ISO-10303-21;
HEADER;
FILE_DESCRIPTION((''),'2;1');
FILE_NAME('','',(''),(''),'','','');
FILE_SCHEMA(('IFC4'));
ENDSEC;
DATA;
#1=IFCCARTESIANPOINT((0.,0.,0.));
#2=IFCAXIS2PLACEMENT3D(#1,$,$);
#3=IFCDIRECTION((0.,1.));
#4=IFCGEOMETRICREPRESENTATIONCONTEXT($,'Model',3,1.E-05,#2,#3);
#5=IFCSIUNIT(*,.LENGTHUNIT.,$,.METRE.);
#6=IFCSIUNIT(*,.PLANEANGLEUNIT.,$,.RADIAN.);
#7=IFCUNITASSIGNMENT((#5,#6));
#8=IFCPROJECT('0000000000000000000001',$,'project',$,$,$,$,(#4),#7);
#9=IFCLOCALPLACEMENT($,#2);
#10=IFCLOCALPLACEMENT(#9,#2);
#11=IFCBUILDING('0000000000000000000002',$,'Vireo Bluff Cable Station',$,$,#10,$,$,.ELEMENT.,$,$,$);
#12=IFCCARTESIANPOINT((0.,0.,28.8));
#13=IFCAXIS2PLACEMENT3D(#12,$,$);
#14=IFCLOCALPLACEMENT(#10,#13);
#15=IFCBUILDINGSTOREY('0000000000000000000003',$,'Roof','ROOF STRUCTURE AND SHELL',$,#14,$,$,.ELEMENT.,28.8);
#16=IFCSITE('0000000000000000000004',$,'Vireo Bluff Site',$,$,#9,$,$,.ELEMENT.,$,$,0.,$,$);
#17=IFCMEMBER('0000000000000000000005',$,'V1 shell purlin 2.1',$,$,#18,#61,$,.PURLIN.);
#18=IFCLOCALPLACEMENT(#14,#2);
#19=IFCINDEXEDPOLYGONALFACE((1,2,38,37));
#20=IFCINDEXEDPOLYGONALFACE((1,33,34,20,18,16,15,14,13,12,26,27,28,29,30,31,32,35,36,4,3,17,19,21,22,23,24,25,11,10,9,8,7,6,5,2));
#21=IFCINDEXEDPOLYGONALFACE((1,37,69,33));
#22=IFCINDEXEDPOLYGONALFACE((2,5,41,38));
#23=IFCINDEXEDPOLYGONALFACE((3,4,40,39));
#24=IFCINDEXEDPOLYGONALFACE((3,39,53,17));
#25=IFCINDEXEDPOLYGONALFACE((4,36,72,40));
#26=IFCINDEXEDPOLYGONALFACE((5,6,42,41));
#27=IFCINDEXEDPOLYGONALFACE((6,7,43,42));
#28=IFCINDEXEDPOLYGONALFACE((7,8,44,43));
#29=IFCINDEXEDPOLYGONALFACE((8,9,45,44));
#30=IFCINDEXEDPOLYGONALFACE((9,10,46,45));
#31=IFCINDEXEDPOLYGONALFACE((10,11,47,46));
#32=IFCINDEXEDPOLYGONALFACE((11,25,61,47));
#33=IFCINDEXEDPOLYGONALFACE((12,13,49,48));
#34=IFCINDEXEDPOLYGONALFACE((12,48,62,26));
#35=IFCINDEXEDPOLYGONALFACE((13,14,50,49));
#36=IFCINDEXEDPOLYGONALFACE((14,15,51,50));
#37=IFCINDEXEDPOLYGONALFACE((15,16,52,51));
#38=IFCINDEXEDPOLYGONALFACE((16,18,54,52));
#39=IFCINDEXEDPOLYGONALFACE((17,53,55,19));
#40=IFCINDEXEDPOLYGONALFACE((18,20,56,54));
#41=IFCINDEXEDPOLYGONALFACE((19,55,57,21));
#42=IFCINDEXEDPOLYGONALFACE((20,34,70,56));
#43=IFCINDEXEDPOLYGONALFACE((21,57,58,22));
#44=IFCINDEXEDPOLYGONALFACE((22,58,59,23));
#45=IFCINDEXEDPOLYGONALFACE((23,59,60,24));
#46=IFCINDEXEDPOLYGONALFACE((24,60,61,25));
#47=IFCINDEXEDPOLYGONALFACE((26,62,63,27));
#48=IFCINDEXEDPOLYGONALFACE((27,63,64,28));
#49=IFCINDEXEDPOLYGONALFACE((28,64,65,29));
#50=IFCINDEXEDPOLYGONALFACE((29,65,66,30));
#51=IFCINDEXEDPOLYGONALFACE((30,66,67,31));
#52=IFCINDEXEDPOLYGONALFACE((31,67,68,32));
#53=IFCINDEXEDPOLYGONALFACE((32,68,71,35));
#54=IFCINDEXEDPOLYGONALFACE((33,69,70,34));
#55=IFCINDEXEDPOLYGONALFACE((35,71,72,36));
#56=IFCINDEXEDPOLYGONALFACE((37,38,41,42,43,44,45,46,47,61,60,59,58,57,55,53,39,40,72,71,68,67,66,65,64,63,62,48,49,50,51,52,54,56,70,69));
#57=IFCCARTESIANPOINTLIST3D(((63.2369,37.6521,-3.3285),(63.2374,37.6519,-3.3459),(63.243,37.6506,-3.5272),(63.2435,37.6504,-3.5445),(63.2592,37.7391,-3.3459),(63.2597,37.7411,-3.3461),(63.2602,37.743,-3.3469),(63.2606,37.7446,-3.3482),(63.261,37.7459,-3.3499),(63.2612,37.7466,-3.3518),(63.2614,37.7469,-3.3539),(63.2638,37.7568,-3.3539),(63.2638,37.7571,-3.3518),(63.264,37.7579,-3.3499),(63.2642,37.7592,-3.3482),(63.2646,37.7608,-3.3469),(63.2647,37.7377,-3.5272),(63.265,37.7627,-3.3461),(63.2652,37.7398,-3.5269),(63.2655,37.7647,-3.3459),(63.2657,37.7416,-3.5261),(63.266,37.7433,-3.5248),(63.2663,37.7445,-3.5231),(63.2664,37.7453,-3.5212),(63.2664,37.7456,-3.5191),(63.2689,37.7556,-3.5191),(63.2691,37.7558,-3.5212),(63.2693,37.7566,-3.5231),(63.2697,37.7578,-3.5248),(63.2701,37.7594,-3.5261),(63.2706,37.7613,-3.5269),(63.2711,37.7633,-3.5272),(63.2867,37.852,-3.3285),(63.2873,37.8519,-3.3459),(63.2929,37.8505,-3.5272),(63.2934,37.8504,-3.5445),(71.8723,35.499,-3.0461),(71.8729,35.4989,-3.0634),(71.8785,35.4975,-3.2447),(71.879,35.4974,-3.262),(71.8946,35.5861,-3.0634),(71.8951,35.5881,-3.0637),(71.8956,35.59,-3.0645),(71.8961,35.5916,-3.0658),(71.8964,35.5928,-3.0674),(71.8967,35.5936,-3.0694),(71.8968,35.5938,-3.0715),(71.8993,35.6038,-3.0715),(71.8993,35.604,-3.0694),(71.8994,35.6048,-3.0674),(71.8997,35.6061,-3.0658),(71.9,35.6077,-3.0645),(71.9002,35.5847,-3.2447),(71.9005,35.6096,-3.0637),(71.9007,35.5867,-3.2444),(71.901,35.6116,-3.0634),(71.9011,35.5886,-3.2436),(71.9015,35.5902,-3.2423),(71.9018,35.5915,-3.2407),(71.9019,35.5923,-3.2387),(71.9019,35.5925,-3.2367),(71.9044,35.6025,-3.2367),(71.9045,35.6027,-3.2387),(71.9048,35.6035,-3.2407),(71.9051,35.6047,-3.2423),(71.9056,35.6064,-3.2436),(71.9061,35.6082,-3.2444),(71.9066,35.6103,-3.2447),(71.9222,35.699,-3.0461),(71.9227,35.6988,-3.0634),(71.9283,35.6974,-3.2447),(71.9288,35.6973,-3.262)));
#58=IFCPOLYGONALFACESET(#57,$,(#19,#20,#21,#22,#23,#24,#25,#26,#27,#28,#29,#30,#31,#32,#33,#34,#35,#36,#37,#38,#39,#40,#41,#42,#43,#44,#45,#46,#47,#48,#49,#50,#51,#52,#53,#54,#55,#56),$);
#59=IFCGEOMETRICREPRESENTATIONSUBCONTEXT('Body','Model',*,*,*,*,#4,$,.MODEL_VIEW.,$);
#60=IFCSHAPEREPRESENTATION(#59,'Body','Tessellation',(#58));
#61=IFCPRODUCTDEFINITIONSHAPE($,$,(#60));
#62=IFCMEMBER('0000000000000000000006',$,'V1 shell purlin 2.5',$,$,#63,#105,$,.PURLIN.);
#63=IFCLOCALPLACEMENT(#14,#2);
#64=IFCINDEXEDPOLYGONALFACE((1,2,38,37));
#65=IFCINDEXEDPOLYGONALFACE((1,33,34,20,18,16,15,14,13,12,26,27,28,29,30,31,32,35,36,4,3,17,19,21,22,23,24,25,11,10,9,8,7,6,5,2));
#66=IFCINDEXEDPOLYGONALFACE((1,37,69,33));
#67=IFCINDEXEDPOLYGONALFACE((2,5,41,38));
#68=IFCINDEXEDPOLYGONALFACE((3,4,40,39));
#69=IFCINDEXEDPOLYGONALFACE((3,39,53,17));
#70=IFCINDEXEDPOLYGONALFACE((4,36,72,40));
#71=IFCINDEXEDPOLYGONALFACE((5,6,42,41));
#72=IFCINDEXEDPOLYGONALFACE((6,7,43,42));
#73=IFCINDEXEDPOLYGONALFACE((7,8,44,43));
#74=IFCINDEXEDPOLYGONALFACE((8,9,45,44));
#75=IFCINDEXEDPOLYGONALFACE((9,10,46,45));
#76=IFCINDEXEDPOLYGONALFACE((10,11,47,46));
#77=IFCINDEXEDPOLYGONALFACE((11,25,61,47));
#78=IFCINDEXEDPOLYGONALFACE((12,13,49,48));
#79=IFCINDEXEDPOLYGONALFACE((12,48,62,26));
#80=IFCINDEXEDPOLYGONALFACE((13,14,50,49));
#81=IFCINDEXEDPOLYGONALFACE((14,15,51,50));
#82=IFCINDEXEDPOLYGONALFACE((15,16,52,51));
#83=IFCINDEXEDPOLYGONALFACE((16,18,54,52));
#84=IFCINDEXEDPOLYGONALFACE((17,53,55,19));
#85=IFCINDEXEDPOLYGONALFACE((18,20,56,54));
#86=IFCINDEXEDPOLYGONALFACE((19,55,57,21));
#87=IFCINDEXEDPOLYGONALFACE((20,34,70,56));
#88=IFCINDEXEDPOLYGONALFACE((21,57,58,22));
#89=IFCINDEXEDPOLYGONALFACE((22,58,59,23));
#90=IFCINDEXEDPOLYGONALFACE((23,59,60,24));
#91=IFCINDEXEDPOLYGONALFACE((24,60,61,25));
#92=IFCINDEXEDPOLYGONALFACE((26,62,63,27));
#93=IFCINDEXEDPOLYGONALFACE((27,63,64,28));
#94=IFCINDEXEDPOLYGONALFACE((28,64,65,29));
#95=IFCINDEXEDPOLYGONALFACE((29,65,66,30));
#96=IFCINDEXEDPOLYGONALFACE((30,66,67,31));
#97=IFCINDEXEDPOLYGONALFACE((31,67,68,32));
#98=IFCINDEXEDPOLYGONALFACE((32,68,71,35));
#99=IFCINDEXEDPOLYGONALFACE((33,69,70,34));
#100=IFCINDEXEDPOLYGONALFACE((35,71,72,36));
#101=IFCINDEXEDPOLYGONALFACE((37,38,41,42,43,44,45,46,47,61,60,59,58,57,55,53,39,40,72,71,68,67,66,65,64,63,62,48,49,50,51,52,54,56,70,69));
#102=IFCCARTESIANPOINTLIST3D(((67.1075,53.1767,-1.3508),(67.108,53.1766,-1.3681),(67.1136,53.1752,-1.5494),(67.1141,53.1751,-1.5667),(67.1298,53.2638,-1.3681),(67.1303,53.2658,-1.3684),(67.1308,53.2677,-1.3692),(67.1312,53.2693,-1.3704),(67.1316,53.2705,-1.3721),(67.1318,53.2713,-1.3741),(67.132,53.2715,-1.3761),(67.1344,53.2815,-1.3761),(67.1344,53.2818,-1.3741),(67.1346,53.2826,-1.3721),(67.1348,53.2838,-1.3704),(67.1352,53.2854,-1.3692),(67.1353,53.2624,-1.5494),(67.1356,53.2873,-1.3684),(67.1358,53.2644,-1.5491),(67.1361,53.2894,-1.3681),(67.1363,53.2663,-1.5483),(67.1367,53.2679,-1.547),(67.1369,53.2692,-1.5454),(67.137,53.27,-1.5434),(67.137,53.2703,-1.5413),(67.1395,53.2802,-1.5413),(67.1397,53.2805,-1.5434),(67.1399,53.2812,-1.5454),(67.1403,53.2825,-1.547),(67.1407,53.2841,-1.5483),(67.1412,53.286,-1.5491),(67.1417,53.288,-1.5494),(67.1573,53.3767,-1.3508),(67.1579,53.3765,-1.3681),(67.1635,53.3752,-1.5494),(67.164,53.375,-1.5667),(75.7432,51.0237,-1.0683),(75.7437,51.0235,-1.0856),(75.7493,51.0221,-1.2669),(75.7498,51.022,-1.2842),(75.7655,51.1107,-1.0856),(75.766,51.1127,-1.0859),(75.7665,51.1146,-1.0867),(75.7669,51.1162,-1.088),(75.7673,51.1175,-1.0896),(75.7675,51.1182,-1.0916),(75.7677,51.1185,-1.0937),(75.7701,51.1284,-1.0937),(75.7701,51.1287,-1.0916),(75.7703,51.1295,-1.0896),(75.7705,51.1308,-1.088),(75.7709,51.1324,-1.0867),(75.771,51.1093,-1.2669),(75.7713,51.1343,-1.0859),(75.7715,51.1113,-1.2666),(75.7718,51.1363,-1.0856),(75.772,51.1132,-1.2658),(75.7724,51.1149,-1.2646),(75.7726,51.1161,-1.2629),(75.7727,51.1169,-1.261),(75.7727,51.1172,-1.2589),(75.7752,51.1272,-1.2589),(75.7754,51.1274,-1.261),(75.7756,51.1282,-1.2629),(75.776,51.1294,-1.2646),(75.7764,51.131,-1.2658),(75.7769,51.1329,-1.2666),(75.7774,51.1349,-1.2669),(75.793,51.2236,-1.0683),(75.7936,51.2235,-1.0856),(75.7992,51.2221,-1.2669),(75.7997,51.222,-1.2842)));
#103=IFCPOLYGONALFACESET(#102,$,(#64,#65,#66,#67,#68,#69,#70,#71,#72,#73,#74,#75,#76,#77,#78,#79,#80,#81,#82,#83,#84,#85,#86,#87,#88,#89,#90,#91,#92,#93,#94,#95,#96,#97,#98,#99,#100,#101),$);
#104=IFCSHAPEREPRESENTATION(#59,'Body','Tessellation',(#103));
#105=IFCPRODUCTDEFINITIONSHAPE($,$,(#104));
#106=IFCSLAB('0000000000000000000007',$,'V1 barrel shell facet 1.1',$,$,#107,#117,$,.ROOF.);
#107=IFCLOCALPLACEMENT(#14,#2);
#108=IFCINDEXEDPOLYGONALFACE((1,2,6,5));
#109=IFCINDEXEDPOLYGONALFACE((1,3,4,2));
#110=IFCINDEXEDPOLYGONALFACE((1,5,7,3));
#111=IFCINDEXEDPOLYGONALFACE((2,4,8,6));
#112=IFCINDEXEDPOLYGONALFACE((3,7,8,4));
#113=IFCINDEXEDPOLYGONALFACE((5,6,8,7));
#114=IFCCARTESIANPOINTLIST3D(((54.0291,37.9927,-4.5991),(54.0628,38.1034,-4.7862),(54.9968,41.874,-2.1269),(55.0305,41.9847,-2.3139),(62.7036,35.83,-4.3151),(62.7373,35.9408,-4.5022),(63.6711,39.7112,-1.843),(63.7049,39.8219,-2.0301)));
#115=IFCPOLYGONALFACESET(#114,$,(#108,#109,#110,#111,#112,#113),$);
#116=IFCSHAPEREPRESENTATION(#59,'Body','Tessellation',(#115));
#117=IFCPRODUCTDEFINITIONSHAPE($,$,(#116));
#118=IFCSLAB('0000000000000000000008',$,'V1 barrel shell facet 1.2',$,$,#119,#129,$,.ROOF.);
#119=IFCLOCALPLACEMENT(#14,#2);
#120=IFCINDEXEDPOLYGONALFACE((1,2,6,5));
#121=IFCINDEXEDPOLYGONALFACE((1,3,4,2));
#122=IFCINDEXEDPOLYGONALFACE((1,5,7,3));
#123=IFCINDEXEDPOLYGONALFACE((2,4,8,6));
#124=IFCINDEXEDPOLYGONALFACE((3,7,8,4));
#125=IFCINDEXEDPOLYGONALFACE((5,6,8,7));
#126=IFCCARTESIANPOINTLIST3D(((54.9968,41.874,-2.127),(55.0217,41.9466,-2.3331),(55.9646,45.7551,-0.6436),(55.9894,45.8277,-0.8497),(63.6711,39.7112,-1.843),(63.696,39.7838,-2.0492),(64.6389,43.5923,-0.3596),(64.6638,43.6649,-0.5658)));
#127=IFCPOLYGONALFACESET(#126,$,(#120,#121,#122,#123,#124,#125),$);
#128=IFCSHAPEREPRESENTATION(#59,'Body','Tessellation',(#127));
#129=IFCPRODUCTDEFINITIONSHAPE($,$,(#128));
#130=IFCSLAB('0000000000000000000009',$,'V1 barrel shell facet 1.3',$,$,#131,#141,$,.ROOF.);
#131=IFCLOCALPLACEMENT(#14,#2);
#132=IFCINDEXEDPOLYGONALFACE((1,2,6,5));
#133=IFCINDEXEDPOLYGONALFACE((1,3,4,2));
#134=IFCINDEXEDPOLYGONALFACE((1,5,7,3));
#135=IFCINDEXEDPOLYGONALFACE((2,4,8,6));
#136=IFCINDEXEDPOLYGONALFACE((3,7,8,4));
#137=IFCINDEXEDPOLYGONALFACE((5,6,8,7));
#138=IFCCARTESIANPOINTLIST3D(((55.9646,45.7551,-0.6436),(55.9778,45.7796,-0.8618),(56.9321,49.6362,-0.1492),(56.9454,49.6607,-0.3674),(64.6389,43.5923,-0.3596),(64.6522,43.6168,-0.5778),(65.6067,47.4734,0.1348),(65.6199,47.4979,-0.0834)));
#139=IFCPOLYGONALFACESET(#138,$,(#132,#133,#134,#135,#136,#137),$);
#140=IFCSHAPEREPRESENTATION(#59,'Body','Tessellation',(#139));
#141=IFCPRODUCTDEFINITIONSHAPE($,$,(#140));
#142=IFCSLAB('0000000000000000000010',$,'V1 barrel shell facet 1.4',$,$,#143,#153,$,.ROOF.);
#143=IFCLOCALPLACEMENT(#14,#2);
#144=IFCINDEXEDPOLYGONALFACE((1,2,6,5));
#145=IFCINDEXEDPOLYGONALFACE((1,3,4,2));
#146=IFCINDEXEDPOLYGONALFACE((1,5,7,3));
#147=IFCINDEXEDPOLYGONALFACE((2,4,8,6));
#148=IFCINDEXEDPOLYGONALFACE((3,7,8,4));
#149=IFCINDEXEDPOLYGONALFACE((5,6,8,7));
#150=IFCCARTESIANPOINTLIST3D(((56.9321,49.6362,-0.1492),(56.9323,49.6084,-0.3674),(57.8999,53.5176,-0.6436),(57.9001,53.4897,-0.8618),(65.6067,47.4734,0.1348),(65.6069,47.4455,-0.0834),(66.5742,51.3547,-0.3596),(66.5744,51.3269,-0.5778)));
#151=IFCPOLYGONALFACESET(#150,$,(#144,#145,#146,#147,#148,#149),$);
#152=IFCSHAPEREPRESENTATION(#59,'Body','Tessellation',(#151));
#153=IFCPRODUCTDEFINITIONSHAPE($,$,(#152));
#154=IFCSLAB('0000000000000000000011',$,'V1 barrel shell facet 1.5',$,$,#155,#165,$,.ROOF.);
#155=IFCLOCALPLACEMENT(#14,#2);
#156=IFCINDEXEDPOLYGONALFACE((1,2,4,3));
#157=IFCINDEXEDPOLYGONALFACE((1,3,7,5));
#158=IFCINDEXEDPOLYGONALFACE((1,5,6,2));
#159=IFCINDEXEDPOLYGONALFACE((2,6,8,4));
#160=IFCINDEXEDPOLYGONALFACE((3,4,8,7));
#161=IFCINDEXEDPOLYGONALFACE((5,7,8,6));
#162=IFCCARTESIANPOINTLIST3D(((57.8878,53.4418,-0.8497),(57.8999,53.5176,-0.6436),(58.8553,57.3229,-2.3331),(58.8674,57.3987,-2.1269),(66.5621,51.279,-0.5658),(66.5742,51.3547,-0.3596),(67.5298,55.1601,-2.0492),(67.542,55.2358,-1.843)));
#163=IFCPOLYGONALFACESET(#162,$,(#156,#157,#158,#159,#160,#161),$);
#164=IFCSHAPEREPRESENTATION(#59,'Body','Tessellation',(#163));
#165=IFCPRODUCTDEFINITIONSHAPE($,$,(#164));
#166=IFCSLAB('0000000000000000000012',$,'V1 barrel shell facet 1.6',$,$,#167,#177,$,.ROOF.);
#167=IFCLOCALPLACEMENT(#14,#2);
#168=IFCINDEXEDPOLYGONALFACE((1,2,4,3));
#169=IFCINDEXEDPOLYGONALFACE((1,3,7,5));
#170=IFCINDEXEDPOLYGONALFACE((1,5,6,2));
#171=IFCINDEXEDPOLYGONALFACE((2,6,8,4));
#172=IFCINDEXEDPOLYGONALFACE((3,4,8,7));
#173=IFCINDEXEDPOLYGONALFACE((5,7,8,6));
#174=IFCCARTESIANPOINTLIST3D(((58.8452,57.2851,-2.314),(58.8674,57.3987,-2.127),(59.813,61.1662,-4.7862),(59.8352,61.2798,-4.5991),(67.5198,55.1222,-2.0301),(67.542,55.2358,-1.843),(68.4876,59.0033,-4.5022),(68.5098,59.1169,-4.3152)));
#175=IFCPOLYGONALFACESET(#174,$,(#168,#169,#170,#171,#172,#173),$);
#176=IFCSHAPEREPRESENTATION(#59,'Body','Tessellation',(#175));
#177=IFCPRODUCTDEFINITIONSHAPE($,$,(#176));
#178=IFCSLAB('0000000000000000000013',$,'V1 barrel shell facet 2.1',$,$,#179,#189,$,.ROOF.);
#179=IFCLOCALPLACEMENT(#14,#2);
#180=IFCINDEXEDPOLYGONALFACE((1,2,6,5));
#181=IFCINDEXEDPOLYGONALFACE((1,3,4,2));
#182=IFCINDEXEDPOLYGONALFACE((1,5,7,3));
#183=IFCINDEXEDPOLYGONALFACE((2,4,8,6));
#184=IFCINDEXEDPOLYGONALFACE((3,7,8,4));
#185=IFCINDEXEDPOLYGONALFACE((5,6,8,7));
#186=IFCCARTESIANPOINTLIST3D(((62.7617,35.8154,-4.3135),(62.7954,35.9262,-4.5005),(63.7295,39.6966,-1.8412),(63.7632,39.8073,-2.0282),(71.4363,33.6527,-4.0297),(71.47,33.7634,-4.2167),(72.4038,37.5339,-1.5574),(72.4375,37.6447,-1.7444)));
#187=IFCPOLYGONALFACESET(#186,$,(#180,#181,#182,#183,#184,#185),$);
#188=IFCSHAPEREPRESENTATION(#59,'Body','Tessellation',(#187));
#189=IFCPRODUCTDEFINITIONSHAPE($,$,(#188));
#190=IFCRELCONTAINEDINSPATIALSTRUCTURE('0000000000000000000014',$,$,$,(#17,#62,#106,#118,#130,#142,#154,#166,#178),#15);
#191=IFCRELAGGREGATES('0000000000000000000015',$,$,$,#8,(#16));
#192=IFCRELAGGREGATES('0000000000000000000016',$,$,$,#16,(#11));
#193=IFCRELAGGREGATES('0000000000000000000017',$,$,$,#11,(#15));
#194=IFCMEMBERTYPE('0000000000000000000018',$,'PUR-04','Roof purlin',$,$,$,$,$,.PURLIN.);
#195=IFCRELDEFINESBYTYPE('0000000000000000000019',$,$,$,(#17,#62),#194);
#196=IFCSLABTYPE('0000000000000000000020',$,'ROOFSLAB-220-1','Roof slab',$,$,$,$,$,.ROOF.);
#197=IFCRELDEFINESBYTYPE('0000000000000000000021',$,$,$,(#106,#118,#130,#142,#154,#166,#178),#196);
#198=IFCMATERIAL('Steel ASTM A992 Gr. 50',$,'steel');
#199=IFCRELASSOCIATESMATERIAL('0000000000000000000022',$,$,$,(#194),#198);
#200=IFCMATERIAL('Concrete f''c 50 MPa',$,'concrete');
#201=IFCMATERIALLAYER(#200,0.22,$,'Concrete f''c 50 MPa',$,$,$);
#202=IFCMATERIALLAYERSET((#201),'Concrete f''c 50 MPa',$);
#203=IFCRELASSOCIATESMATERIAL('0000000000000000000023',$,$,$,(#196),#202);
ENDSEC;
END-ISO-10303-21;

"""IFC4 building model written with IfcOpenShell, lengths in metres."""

from ifc_helpers import new_model, si_unit, direction, frame, origin, origin_2d, place, context, subcontext, project, spatial, polyline, i_section, outline, extrude, material, layer, layer_set, material_profile, profile_set, type_object, element, save


model = new_model("IFC4")

# Units and contexts
model_context = context("Model", 3, precision=1e-05, world=origin(), true_north=direction((0.0, 1.0)))
body_context = subcontext(model_context, "Body", "Model", "MODEL_VIEW")
ifc_project = project(units=[si_unit("LENGTHUNIT", "METRE"), si_unit("PLANEANGLEUNIT", "RADIAN")], contexts=[model_context])

# Site, building, storey
site_placement = place(None, origin())
site = spatial("IfcSite", under=ifc_project, at=site_placement, Name="Vireo Bluff Site", CompositionType="ELEMENT", RefElevation=0.0)
building_placement = place(site_placement, origin())
building = spatial("IfcBuilding", under=site, at=building_placement, Name="Vireo Bluff Cable Station", CompositionType="ELEMENT")
storey_placement = place(building_placement, frame((0.0, 0.0, 28.8)))
storey = spatial("IfcBuildingStorey", under=building, at=storey_placement, Name="Roof", Description="ROOF STRUCTURE AND SHELL", CompositionType="ELEMENT", Elevation=28.8)

# Members
ifc_material_1 = material(Name="Steel ASTM A992 Gr. 50", Category="steel")
ifc_material_profile_1 = material_profile(ifc_material_1, i_section(OverallWidth=0.2061, OverallDepth=0.2161, WebThickness=0.0103, FlangeThickness=0.0173, FilletRadius=0.0081, at=origin_2d()), Name="W8X48")
ifc_profile_set_1 = profile_set([ifc_material_profile_1], Name="Steel ASTM A992 Gr. 50")
member_type_1 = type_object("IfcMemberType", Name="PUR-04", Description="Roof purlin", PredefinedType="PURLIN", material=ifc_profile_set_1)
for number, where, z_axis, x_axis, name in (
    (1, (63.2651, 37.7512, -3.4365), (0.969807, -0.241801, 0.031723), (0.241922, 0.970296, 0.0), "V1 shell purlin 2.1"),
):
    element("IfcMember", number, at=place(storey_placement, frame(where, z_axis=z_axis, x_axis=x_axis)), inside=storey, type_object=member_type_1, Name=name, PredefinedType="PURLIN", context=body_context, shape_type="SweptSolid", body=[
        extrude(i_section(OverallWidth=0.2061, OverallDepth=0.2161, WebThickness=0.0103, FlangeThickness=0.0173, FilletRadius=0.0081, at=origin_2d()), origin(), (0.0, 0.0, 1.0), 8.9043),
    ])
member_1_placement = place(storey_placement, frame((67.1357, 53.2759, -1.4587), z_axis=(0.969809, -0.241794, 0.031722), x_axis=(0.241916, 0.970297, 0.0)))
element("IfcMember", 2, at=member_1_placement, inside=storey, type_object=member_type_1, Name="V1 shell purlin 2.5", PredefinedType="PURLIN", context=body_context, shape_type="SweptSolid", body=[
    extrude(i_section(OverallWidth=0.2061, OverallDepth=0.2161, WebThickness=0.0103, FlangeThickness=0.0173, FilletRadius=0.0081, at=origin_2d()), origin(), (0.0, 0.0, 1.0), 8.9045),
])

# Slabs
ifc_material_2 = material(Name="Concrete f'c 50 MPa", Category="concrete")
ifc_layer_1 = layer(ifc_material_2, 0.22, Name="Concrete f'c 50 MPa")
ifc_layer_set_1 = layer_set([ifc_layer_1], Name="Concrete f'c 50 MPa")
slab_type = type_object("IfcSlabType", Name="ROOFSLAB-220-1", Description="Roof slab", PredefinedType="ROOF", material=ifc_layer_set_1)
slab_1_placement = place(storey_placement, frame((54.0291, 37.9927, -4.5991), z_axis=(-0.153341, -0.503398, 0.850339), x_axis=(0.969811, -0.241782, 0.031751)))
element("IfcSlab", 3, at=slab_1_placement, inside=storey, type_object=slab_type, Name="V1 barrel shell facet 1.1", PredefinedType="ROOF", context=body_context, shape_type="SweptSolid", body=[
    extrude(outline(polyline([(0.0, 0.0), (8.9446, 0.0), (9.023, 4.7015), (0.0786, 4.7018), (0.0, 0.0)])), origin(), (0.0, 0.0, -1.0), 0.22),
])
slab_2_placement = place(storey_placement, frame((54.9968, 41.874, -2.127), z_axis=(-0.112967, -0.330033, 0.937185), x_axis=(0.969804, -0.24181, 0.031745)))
element("IfcSlab", 4, at=slab_2_placement, inside=storey, type_object=slab_type, Name="V1 barrel shell facet 1.2", PredefinedType="ROOF", context=body_context, shape_type="SweptSolid", body=[
    extrude(outline(polyline([(0.0, 0.0), (8.9444, 0.0), (8.9916, 4.2659), (0.0472, 4.2659), (0.0, 0.0)])), origin(), (0.0, 0.0, -1.0), 0.22),
])
slab_3_placement = place(storey_placement, frame((55.9646, 45.7551, -0.6436), z_axis=(-0.06023, -0.111341, 0.991955), x_axis=(0.969804, -0.24181, 0.031744)))
element("IfcSlab", 5, at=slab_3_placement, inside=storey, type_object=slab_type, Name="V1 barrel shell facet 1.3", PredefinedType="ROOF", context=body_context, shape_type="SweptSolid", body=[
    extrude(outline(polyline([(0.0, 0.0), (8.9444, 0.0), (8.9602, 4.0303), (0.0155, 4.0303), (0.0, 0.0)])), origin(), (0.0, 0.0, -1.0), 0.22),
])
slab_4_placement = place(storey_placement, frame((56.9321, 49.6362, -0.1492), z_axis=(-0.000909, 0.126577, 0.991956), x_axis=(0.969806, -0.241803, 0.031744)))
element("IfcSlab", 6, at=slab_4_placement, inside=storey, type_object=slab_type, Name="V1 barrel shell facet 1.4", PredefinedType="ROOF", context=body_context, shape_type="SweptSolid", body=[
    extrude(outline(polyline([(0.0, 0.0), (8.9446, 0.0), (8.9287, 4.0305), (-0.0157, 4.0306), (0.0, 0.0)])), origin(), (0.0, 0.0, -1.0), 0.22),
])
slab_5_placement = place(storey_placement, frame((57.8999, 53.5176, -0.6436), z_axis=(0.055204, 0.344438, 0.937185), x_axis=(0.969804, -0.241809, 0.031745)))
element("IfcSlab", 7, at=slab_5_placement, inside=storey, type_object=slab_type, Name="V1 barrel shell facet 1.5", PredefinedType="ROOF", context=body_context, shape_type="SweptSolid", body=[
    extrude(outline(polyline([(0.0, 0.0), (8.9444, 0.0), (8.8974, 4.2659), (-0.0473, 4.2658), (0.0, 0.0)])), origin(), (0.0, 0.0, -1.0), 0.22),
])
slab_6_placement = place(storey_placement, frame((58.8674, 57.3987, -2.127), z_axis=(0.10094, 0.516472, 0.850334), x_axis=(0.969806, -0.241803, 0.031744)))
element("IfcSlab", 8, at=slab_6_placement, inside=storey, type_object=slab_type, Name="V1 barrel shell facet 1.6", PredefinedType="ROOF", context=body_context, shape_type="SweptSolid", body=[
    extrude(outline(polyline([(0.0, 0.0), (8.9446, 0.0), (8.8662, 4.7016), (-0.0784, 4.7016), (0.0, 0.0)])), origin(), (0.0, 0.0, -1.0), 0.22),
])
slab_7_placement = place(storey_placement, frame((62.7617, 35.8154, -4.3135), z_axis=(-0.153334, -0.503419, 0.850328), x_axis=(0.969808, -0.241795, 0.03173)))
element("IfcSlab", 9, at=slab_7_placement, inside=storey, type_object=slab_type, Name="V1 barrel shell facet 2.1", PredefinedType="ROOF", context=body_context, shape_type="SweptSolid", body=[
    extrude(outline(polyline([(0.0, 0.0), (8.9446, 0.0), (9.0229, 4.7018), (0.0786, 4.7017), (0.0, 0.0)])), origin(), (0.0, 0.0, -1.0), 0.22),
])

save(model, "model.ifc")
